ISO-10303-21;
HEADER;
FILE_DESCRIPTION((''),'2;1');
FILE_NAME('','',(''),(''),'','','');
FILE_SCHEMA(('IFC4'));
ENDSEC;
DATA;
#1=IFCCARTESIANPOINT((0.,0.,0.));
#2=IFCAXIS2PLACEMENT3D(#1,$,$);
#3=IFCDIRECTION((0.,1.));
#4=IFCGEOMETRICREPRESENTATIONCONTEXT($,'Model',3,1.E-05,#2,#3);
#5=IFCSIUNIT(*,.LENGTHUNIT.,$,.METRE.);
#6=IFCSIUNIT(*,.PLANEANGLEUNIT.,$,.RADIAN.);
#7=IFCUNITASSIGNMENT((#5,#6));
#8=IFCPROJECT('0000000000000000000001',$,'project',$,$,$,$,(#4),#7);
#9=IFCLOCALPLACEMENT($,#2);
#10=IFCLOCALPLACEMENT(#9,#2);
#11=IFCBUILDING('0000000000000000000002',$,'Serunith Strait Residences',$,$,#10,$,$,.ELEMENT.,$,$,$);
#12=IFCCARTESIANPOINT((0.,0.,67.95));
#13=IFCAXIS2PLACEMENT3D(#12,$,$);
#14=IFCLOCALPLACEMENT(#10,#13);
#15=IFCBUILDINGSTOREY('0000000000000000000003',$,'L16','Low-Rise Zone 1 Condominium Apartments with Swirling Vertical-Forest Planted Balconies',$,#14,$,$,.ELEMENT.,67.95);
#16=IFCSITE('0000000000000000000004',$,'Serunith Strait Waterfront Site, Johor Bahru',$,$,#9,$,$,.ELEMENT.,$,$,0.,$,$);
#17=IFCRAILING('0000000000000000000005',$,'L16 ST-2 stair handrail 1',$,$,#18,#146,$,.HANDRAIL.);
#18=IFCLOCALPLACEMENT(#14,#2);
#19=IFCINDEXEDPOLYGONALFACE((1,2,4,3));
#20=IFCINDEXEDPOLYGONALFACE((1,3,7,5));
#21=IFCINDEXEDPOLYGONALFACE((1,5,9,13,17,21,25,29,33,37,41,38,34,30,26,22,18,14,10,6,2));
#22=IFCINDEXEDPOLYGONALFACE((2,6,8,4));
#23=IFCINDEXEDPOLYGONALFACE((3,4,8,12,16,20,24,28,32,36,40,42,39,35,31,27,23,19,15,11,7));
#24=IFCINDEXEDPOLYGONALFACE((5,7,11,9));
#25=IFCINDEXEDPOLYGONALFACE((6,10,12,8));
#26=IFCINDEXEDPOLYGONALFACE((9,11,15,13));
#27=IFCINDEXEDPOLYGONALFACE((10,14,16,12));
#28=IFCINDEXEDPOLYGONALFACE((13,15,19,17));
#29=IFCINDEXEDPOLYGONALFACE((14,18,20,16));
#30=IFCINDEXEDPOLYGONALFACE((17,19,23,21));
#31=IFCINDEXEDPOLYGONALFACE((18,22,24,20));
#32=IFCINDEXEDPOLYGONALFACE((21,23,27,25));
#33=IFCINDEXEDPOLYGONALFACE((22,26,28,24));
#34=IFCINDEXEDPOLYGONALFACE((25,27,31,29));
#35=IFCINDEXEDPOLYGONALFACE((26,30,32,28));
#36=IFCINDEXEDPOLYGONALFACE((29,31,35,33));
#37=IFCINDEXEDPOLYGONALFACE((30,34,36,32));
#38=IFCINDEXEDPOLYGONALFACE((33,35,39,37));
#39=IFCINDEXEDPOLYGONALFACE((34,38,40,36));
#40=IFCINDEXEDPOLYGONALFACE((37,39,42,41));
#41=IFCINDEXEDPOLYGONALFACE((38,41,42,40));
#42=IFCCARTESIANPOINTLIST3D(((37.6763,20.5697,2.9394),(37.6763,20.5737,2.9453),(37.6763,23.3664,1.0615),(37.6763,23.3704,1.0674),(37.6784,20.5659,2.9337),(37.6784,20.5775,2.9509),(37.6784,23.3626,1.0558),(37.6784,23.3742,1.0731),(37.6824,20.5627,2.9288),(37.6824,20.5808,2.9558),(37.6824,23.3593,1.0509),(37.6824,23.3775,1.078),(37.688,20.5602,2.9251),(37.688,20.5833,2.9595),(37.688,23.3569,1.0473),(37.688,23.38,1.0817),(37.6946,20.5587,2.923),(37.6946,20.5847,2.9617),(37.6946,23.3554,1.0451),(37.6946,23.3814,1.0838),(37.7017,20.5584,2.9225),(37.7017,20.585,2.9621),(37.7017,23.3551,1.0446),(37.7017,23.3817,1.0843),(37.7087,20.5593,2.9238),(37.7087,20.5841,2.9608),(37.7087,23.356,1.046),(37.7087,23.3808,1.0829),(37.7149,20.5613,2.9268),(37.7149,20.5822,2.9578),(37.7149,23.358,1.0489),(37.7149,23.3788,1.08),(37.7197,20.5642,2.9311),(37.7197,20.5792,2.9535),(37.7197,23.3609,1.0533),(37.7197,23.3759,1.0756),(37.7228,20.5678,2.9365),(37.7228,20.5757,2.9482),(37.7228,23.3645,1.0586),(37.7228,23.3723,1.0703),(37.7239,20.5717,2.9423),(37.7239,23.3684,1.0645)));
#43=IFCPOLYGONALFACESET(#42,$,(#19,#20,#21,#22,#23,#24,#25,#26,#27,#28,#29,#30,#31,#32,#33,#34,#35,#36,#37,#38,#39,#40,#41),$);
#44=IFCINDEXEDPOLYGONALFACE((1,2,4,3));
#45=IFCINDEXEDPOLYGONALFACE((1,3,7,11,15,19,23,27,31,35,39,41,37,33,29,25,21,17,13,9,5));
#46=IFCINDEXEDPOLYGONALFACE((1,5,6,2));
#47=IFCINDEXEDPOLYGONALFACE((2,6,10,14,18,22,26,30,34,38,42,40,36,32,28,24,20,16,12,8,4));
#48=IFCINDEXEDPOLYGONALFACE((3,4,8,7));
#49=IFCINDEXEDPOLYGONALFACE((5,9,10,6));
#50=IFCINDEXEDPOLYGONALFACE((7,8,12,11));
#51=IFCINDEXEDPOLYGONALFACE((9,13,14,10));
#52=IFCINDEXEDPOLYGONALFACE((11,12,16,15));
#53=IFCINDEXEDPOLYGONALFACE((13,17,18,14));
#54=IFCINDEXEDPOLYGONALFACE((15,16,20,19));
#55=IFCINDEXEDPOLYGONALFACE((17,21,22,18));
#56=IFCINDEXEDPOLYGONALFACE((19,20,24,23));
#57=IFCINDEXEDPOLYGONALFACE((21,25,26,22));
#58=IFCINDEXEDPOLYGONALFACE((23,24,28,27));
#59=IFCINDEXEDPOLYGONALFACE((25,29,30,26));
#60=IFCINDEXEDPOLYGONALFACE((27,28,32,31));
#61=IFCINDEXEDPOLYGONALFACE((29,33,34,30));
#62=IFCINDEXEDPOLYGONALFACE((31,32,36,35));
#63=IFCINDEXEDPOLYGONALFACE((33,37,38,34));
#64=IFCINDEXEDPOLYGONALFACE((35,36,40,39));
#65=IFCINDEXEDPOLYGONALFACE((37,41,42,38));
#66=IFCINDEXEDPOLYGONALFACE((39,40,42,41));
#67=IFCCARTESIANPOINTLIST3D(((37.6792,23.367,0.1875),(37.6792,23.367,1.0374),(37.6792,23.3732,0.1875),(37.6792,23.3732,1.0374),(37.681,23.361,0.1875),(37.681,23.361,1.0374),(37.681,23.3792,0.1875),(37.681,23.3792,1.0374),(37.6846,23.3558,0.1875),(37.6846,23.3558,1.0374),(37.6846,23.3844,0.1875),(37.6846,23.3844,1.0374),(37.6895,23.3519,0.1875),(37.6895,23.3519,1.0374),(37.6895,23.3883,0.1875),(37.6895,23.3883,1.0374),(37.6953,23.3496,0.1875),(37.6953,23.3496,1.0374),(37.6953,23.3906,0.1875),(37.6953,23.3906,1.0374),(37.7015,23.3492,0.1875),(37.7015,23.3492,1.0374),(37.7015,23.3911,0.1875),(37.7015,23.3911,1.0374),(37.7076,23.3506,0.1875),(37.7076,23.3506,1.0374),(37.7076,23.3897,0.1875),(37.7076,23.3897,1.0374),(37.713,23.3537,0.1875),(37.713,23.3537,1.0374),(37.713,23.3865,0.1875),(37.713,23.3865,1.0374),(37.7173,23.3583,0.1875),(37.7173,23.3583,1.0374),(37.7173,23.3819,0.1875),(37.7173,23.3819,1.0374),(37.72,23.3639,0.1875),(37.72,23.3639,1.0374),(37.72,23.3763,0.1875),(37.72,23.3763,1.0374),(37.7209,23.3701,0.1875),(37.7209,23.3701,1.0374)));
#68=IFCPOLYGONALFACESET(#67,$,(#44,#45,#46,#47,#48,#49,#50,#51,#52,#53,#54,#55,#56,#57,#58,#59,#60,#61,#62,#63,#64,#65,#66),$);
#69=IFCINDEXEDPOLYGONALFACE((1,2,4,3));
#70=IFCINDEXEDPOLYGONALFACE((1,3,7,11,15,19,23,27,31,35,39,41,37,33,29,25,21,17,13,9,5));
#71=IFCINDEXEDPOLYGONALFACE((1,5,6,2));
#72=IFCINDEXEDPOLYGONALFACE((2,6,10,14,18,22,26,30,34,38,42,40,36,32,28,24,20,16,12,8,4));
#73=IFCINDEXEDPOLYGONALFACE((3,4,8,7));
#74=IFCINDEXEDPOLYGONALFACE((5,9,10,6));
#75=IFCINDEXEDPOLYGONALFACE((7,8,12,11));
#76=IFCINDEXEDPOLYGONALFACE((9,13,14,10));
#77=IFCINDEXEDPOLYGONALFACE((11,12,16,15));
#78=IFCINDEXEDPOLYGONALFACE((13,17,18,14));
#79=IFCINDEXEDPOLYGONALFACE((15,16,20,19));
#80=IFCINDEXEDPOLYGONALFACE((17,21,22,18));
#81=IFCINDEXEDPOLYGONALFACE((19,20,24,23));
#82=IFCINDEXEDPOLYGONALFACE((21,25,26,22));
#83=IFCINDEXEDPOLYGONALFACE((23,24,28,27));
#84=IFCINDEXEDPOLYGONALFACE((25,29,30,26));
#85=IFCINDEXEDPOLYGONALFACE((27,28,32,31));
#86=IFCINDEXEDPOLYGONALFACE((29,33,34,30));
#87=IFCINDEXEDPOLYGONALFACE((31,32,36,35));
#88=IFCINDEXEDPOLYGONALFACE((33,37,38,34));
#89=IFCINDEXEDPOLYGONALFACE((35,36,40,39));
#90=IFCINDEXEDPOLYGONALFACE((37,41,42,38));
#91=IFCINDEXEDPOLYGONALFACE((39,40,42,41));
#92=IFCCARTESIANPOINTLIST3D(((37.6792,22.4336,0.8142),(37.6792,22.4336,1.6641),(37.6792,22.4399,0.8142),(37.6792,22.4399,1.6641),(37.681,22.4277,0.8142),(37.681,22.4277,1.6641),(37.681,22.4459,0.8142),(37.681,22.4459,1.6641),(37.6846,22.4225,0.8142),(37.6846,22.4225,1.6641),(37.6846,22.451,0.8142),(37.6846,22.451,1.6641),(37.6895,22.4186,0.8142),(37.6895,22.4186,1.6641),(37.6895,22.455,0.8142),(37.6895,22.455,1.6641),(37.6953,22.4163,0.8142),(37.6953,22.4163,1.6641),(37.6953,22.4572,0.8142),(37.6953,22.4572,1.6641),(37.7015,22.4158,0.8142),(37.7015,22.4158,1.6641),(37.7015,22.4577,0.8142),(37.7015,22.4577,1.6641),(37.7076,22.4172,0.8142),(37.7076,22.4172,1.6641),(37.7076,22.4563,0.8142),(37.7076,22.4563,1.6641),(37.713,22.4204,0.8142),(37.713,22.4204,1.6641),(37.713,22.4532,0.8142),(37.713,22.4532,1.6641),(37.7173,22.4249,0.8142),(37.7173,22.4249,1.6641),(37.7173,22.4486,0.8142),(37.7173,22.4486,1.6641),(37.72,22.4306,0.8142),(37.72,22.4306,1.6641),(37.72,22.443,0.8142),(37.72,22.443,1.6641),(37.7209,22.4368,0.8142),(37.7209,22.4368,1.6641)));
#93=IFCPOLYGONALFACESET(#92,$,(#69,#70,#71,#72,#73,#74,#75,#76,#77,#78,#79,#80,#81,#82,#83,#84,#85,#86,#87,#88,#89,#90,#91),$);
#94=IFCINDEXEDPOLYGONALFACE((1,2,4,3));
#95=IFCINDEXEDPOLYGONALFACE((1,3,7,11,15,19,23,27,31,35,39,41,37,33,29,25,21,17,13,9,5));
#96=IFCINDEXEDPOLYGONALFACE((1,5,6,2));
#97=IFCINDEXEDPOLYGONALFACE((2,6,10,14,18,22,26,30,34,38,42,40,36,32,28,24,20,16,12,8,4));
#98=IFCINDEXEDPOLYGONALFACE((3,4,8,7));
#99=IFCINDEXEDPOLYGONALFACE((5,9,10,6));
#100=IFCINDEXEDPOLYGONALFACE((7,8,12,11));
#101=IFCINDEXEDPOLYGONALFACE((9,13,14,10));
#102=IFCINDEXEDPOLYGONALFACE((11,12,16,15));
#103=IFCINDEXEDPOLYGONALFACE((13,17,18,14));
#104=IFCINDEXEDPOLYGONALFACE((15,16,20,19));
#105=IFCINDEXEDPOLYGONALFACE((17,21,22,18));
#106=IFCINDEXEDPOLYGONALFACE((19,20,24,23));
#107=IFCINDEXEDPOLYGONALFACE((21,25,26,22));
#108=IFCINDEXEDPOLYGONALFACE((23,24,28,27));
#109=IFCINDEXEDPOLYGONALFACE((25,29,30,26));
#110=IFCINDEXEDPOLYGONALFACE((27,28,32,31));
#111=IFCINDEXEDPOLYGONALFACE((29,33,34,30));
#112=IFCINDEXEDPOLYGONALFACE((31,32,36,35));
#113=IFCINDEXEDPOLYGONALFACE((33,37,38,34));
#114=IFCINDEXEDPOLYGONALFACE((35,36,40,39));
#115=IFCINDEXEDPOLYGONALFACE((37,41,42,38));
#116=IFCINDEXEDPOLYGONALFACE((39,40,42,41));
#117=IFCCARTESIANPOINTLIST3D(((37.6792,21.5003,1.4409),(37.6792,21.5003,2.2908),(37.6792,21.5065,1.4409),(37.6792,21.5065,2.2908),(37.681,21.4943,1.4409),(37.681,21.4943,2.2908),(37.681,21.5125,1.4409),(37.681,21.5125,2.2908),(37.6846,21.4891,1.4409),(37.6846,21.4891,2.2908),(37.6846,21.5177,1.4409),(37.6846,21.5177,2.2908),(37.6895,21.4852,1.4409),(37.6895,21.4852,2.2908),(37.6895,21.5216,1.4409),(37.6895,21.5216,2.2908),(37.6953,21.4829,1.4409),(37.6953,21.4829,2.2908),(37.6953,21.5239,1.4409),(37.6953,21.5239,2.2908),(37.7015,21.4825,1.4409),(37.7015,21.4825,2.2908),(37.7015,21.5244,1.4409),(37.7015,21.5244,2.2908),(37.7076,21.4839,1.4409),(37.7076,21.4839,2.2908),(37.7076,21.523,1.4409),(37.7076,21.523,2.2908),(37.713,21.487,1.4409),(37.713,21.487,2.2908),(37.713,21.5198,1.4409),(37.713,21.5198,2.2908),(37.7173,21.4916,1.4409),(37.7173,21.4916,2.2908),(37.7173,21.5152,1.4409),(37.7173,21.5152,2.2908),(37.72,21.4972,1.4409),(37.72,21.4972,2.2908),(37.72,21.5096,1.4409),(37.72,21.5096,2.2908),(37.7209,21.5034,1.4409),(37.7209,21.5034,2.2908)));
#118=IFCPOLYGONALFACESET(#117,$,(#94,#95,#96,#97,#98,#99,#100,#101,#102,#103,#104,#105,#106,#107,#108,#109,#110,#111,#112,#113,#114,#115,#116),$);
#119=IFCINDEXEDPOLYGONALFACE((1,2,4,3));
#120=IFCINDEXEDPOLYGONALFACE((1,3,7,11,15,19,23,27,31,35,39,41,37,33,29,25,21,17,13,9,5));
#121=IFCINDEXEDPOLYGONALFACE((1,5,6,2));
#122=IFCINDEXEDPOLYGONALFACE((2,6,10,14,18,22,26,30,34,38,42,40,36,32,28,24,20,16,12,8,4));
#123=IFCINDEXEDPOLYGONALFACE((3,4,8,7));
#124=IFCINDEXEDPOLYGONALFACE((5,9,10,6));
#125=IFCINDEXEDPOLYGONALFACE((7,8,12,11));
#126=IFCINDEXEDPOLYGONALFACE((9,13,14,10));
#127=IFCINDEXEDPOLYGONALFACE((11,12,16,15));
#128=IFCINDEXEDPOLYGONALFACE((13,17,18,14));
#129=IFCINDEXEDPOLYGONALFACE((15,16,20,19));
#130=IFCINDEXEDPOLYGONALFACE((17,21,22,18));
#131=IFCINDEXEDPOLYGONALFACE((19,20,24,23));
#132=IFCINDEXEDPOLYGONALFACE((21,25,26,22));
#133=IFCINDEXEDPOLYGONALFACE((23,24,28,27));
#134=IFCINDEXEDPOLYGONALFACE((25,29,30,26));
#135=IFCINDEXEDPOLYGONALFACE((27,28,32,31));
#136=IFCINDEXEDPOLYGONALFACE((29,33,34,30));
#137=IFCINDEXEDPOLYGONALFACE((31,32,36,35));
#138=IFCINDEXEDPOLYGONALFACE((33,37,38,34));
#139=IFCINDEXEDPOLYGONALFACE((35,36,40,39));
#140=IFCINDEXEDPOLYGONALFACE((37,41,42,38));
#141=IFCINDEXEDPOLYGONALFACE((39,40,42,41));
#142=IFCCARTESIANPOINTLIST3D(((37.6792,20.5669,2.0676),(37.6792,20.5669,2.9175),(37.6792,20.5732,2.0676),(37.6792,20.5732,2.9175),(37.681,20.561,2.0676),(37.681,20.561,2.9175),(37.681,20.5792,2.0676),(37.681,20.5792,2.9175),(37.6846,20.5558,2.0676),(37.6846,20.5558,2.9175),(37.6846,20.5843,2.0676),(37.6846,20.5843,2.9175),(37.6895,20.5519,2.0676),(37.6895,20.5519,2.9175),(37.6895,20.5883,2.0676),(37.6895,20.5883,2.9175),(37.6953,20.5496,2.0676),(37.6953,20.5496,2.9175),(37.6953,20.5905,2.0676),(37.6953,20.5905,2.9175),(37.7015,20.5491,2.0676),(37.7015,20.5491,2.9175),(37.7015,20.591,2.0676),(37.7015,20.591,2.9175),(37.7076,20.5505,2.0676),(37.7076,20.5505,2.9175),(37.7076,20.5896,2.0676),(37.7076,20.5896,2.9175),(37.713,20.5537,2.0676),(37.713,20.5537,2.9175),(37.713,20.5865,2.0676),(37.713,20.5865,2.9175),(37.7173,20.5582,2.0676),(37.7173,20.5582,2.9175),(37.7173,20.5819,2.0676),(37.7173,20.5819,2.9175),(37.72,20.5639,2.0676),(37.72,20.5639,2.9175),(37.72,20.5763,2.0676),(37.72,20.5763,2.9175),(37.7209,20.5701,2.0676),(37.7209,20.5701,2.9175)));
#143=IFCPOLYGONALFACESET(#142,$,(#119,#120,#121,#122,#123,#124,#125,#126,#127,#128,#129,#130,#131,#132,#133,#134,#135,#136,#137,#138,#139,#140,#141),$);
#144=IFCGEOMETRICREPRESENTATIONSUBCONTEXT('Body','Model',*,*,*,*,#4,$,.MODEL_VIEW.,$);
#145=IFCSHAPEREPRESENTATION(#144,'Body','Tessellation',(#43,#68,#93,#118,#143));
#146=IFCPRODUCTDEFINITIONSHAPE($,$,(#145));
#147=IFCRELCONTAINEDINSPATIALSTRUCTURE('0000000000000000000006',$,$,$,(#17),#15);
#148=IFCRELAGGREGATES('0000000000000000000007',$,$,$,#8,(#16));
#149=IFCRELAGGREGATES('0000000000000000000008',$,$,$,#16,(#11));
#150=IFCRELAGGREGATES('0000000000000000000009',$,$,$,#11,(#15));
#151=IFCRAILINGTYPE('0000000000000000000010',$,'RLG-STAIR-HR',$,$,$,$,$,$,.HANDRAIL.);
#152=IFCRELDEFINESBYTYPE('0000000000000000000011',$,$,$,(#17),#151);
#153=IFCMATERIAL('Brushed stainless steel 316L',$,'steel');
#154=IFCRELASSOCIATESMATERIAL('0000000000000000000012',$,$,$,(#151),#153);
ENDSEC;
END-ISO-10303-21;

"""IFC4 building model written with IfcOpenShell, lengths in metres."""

from ifc_helpers import new_model, si_unit, direction, frame, origin, origin_2d, place, context, subcontext, project, spatial, circle, extrude, material, type_object, element, save


model = new_model("IFC4")

# Units and contexts
model_context = context("Model", 3, precision=1e-05, world=origin(), true_north=direction((0.0, 1.0)))
body_context = subcontext(model_context, "Body", "Model", "MODEL_VIEW")
ifc_project = project(units=[si_unit("LENGTHUNIT", "METRE"), si_unit("PLANEANGLEUNIT", "RADIAN")], contexts=[model_context])

# Site, building, storey
site_placement = place(None, origin())
site = spatial("IfcSite", under=ifc_project, at=site_placement, Name="Serunith Strait Waterfront Site, Johor Bahru", CompositionType="ELEMENT", RefElevation=0.0)
building_placement = place(site_placement, origin())
building = spatial("IfcBuilding", under=site, at=building_placement, Name="Serunith Strait Residences", CompositionType="ELEMENT")
storey_placement = place(building_placement, frame((0.0, 0.0, 67.95)))
storey = spatial("IfcBuildingStorey", under=building, at=storey_placement, Name="L16", Description="Low-Rise Zone 1 Condominium Apartments with Swirling Vertical-Forest Planted Balconies", CompositionType="ELEMENT", Elevation=67.95)

# Railing
ifc_material_1 = material(Name="Brushed stainless steel 316L", Category="steel")
railing_type_1 = type_object("IfcRailingType", Name="RLG-STAIR-HR", PredefinedType="HANDRAIL", material=ifc_material_1)
railing_1_placement = place(storey_placement, frame((37.7, 23.3701, 0.1875)))
element("IfcRailing", 1, at=railing_1_placement, inside=storey, type_object=railing_type_1, Name="L16 ST-2 stair handrail 1", PredefinedType="HANDRAIL", context=body_context, shape_type="SweptSolid", body=[
    extrude(circle(Radius=0.0239, at=origin_2d()), frame((0.0, -0.0017, 0.877), z_axis=(0.0, -0.830208, 0.557453), x_axis=(1.0, 0.0, 0.0)), (0.0, 0.0, 1.0), 3.3687),
    extrude(circle(Radius=0.021, at=origin_2d()), origin(), (0.0, 0.0, 1.0), 0.8499),
    extrude(circle(Radius=0.021, at=origin_2d()), frame((0.0, -0.9333, 0.6267)), (0.0, 0.0, 1.0), 0.8499),
    extrude(circle(Radius=0.021, at=origin_2d()), frame((0.0, -1.8667, 1.2534)), (0.0, 0.0, 1.0), 0.8499),
    extrude(circle(Radius=0.021, at=origin_2d()), frame((0.0, -2.8, 1.8801)), (0.0, 0.0, 1.0), 0.8499),
])

save(model, "model.ifc")
